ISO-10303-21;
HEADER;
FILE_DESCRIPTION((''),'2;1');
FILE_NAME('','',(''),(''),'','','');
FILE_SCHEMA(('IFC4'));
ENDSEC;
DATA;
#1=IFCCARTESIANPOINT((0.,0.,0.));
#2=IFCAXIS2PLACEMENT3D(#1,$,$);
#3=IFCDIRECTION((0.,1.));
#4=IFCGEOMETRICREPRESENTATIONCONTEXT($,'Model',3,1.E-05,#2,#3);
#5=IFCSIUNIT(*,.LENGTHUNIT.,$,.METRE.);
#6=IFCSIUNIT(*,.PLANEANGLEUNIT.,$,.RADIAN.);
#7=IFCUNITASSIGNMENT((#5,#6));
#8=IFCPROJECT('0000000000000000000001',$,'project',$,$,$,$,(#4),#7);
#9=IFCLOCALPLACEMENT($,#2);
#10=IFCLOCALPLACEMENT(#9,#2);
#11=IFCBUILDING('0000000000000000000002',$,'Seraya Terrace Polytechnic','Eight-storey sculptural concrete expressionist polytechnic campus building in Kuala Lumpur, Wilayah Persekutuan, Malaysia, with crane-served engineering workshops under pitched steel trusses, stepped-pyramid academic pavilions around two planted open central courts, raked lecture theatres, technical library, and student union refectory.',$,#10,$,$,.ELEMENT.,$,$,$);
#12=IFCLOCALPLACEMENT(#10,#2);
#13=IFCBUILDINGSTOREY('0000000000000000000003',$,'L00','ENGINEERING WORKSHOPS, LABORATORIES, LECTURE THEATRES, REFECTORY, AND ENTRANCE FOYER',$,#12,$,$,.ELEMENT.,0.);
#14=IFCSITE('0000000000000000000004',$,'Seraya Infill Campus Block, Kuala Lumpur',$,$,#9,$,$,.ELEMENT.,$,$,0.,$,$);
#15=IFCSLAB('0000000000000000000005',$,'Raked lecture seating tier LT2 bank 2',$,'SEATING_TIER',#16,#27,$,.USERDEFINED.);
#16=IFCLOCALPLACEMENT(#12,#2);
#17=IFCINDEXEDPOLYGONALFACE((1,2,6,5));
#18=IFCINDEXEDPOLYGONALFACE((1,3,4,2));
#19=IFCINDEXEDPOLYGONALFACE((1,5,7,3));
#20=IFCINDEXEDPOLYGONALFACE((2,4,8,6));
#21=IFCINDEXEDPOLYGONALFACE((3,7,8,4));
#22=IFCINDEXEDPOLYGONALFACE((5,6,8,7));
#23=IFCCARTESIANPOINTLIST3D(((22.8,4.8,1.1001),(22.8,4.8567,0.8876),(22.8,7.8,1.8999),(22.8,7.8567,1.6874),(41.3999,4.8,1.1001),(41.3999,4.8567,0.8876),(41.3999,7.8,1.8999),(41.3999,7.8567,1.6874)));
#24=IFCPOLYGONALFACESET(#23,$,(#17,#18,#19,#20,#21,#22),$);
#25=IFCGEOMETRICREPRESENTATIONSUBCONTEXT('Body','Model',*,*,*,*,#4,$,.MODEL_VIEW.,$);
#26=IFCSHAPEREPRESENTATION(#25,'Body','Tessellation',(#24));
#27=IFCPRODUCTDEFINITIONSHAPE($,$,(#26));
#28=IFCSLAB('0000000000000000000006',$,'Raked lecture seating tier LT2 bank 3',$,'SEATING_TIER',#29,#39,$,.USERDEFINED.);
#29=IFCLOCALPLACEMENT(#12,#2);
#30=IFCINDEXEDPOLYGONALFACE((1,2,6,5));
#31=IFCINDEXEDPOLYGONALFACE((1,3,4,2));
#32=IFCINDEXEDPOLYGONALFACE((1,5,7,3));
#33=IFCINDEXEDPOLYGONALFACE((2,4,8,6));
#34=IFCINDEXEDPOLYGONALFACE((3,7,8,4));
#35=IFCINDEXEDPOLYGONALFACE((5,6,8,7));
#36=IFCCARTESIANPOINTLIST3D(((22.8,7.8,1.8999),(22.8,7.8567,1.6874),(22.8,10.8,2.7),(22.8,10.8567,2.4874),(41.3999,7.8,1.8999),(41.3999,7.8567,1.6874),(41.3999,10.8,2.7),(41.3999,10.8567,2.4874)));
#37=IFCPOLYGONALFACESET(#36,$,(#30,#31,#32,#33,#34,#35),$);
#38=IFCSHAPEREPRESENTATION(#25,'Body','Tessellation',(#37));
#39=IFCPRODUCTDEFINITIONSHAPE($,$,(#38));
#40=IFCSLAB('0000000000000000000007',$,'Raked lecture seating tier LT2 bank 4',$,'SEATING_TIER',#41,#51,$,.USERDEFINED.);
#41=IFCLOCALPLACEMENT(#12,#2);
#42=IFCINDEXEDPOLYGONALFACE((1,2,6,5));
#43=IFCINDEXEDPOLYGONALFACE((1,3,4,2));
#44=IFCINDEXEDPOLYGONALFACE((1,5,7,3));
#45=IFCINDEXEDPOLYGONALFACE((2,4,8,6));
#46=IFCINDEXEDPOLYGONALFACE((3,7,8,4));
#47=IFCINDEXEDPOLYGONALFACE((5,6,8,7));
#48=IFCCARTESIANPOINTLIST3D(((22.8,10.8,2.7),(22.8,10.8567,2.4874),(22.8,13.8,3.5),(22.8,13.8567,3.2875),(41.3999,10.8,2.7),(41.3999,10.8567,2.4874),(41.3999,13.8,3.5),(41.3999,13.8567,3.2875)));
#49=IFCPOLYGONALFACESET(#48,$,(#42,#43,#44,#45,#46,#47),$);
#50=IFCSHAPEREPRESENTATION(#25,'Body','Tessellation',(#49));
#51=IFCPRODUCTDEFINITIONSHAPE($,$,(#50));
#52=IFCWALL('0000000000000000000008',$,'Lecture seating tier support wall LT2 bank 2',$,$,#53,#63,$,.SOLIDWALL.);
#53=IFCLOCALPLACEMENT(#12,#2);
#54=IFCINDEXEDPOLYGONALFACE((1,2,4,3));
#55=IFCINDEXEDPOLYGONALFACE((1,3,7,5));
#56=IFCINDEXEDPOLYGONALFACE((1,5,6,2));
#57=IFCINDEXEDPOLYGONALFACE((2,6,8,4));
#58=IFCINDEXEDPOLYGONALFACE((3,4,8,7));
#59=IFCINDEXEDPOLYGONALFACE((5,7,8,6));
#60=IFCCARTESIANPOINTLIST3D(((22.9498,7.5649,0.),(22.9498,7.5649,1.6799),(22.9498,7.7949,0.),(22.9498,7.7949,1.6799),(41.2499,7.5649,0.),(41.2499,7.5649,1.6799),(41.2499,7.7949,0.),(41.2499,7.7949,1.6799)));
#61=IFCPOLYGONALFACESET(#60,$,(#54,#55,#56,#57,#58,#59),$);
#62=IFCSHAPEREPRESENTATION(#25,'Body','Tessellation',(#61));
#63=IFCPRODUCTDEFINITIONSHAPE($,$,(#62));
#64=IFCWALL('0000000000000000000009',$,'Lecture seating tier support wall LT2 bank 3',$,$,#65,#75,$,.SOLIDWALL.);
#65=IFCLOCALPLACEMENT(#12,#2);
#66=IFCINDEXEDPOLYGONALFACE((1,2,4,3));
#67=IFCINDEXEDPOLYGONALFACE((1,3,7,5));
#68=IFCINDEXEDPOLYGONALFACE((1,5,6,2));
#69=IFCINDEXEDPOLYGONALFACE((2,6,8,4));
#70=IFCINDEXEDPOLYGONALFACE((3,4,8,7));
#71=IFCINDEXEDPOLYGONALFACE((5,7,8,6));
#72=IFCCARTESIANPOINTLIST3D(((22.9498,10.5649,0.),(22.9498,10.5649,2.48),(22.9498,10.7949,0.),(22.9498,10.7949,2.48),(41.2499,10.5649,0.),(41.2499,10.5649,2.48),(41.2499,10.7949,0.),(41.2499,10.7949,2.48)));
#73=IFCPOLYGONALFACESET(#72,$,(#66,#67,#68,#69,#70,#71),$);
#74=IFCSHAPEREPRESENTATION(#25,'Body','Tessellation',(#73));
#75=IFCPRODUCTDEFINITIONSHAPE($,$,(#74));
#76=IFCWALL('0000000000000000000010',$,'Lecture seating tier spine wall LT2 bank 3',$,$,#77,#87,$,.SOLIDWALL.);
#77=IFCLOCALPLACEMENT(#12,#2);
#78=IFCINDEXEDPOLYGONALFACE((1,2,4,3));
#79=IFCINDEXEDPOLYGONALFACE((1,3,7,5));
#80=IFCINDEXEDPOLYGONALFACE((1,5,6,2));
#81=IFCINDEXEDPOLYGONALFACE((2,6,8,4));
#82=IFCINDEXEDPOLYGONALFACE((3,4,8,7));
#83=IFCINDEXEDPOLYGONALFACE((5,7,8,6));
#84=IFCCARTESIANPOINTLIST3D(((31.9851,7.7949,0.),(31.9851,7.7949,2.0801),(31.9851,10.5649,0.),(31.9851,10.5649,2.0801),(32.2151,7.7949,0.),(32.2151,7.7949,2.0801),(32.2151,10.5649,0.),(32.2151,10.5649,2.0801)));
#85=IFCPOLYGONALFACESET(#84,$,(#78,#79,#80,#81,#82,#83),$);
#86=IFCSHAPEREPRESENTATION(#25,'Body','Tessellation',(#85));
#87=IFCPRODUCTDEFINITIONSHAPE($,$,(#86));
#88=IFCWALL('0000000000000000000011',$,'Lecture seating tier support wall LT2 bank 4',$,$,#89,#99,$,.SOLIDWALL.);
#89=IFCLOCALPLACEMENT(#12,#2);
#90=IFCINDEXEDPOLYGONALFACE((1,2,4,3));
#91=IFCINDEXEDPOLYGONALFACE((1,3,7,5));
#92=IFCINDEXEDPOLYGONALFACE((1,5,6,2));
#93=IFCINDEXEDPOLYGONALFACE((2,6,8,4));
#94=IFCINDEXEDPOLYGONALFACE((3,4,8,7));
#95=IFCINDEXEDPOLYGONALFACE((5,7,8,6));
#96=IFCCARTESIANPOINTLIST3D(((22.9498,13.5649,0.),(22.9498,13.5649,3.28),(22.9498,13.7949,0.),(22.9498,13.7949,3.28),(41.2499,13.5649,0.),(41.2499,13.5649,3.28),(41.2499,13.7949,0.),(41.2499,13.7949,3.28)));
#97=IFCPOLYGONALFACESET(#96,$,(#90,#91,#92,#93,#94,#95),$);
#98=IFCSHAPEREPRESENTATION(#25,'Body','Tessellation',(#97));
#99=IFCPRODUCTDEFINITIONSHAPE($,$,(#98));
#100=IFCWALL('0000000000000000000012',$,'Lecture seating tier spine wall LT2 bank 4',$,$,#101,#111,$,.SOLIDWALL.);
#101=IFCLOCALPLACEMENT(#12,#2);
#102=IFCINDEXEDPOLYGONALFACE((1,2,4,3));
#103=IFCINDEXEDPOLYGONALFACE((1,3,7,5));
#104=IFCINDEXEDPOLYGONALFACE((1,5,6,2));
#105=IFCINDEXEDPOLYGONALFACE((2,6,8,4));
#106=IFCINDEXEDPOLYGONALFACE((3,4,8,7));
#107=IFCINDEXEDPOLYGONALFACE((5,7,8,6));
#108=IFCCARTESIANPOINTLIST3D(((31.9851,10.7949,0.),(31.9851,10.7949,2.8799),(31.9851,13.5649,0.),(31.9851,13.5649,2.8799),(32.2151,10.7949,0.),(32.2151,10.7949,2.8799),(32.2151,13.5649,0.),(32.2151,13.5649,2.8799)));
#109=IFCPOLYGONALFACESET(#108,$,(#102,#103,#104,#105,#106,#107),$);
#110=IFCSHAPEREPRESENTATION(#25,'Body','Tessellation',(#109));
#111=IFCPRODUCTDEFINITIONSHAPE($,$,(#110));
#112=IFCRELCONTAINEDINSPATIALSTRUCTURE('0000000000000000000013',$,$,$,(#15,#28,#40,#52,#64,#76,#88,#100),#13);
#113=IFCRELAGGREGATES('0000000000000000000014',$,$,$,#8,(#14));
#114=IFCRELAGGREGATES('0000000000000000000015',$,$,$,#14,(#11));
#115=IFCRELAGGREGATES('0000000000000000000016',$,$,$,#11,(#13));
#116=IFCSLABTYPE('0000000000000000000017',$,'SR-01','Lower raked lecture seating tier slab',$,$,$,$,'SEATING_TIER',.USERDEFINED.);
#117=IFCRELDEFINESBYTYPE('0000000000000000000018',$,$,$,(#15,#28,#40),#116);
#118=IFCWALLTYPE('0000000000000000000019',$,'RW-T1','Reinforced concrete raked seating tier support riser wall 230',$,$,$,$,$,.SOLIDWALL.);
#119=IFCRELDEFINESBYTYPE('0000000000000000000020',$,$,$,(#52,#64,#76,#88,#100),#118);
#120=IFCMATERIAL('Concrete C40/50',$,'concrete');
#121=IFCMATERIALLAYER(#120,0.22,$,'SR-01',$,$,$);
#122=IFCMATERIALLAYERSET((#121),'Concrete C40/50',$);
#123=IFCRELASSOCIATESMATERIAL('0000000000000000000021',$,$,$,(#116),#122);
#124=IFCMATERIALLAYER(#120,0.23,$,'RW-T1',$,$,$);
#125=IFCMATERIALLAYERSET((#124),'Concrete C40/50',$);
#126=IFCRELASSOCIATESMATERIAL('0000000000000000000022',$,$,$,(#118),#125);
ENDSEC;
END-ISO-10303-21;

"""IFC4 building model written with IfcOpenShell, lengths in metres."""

from ifc_helpers import new_model, si_unit, direction, frame, frame_2d, origin, place, context, subcontext, project, spatial, polyline, rectangle, outline, extrude, material, layer, layer_set, type_object, element, save


model = new_model("IFC4")

# Units and contexts
model_context = context("Model", 3, precision=1e-05, world=origin(), true_north=direction((0.0, 1.0)))
body_context = subcontext(model_context, "Body", "Model", "MODEL_VIEW")
ifc_project = project(units=[si_unit("LENGTHUNIT", "METRE"), si_unit("PLANEANGLEUNIT", "RADIAN")], contexts=[model_context])

# Site, building, storey
site_placement = place(None, origin())
site = spatial("IfcSite", under=ifc_project, at=site_placement, Name="Seraya Infill Campus Block, Kuala Lumpur", CompositionType="ELEMENT", RefElevation=0.0)
building_placement = place(site_placement, origin())
building = spatial("IfcBuilding", under=site, at=building_placement, Name="Seraya Terrace Polytechnic", Description="Eight-storey sculptural concrete expressionist polytechnic campus building in Kuala Lumpur, Wilayah Persekutuan, Malaysia, with crane-served engineering workshops under pitched steel trusses, stepped-pyramid academic pavilions around two planted open central courts, raked lecture theatres, technical library, and student union refectory.", CompositionType="ELEMENT")
storey_placement = place(building_placement, origin())
storey = spatial("IfcBuildingStorey", under=building, at=storey_placement, Name="L00", Description="ENGINEERING WORKSHOPS, LABORATORIES, LECTURE THEATRES, REFECTORY, AND ENTRANCE FOYER", CompositionType="ELEMENT", Elevation=0.0)

# Shared definitions
ifc_material = material(Name="Concrete C40/50", Category="concrete")

# Slabs
ifc_layer_1 = layer(ifc_material, 0.22, Name="SR-01")
ifc_layer_set_1 = layer_set([ifc_layer_1], Name="Concrete C40/50")
slab_type = type_object("IfcSlabType", Name="SR-01", Description="Lower raked lecture seating tier slab", ElementType="SEATING_TIER", PredefinedType="USERDEFINED", material=ifc_layer_set_1)
slab_placement = place(storey_placement, frame((22.8, 4.8, 1.1001), z_axis=(0.0, -0.257604, 0.966251), x_axis=(1.0, 0.0, 0.0)))
element("IfcSlab", 1, at=slab_placement, inside=storey, type_object=slab_type, Name="Raked lecture seating tier LT2 bank 2", ObjectType="SEATING_TIER", PredefinedType="USERDEFINED", context=body_context, shape_type="SweptSolid", body=[
    extrude(outline(polyline([(0.0, 0.0), (18.5999, 0.0), (18.5999, 3.1048), (0.0, 3.1048), (0.0, 0.0)])), origin(), (0.0, 0.0, -1.0), 0.22),
])
for number, where, z_axis, x_axis, name in (
    (2, (22.8, 7.8, 1.8999), (0.0, -0.257677, 0.966231), (1.0, 0.0, 0.0), "Raked lecture seating tier LT2 bank 3"),
    (3, (22.8, 10.8, 2.7), (0.0, -0.257677, 0.966231), (1.0, 0.0, 0.0), "Raked lecture seating tier LT2 bank 4"),
):
    element("IfcSlab", number, at=place(storey_placement, frame(where, z_axis=z_axis, x_axis=x_axis)), inside=storey, type_object=slab_type, Name=name, ObjectType="SEATING_TIER", PredefinedType="USERDEFINED", context=body_context, shape_type="SweptSolid", body=[
        extrude(outline(polyline([(0.0, 0.0), (18.5999, 0.0), (18.5999, 3.1048), (0.0, 3.1048), (0.0, 0.0)])), origin(), (0.0, 0.0, -1.0), 0.22),
    ])

# Walls
ifc_layer_2 = layer(ifc_material, 0.23, Name="RW-T1")
ifc_layer_set_2 = layer_set([ifc_layer_2], Name="Concrete C40/50")
wall_type = type_object("IfcWallType", Name="RW-T1", Description="Reinforced concrete raked seating tier support riser wall 230", PredefinedType="SOLIDWALL", material=ifc_layer_set_2)
wall_1_placement = place(storey_placement, frame((22.95, 7.6799, 0.0), z_axis=(0.0, 0.0, 1.0), x_axis=(1.0, 0.0, 0.0)))
element("IfcWall", 4, at=wall_1_placement, inside=storey, type_object=wall_type, Name="Lecture seating tier support wall LT2 bank 2", PredefinedType="SOLIDWALL", context=body_context, shape_type="SweptSolid", body=[
    extrude(rectangle(XDim=18.3, YDim=0.23, at=frame_2d((9.1499, 0.0))), origin(), (0.0, 0.0, 1.0), 1.6799),
])
wall_2_placement = place(storey_placement, frame((22.95, 10.6799, 0.0), z_axis=(0.0, 0.0, 1.0), x_axis=(1.0, 0.0, 0.0)))
element("IfcWall", 5, at=wall_2_placement, inside=storey, type_object=wall_type, Name="Lecture seating tier support wall LT2 bank 3", PredefinedType="SOLIDWALL", context=body_context, shape_type="SweptSolid", body=[
    extrude(rectangle(XDim=18.3, YDim=0.23, at=frame_2d((9.1499, 0.0))), origin(), (0.0, 0.0, 1.0), 2.48),
])
wall_3_placement = place(storey_placement, frame((32.1001, 7.7949, 0.0), z_axis=(0.0, 0.0, 1.0), x_axis=(0.0, 1.0, 0.0)))
element("IfcWall", 6, at=wall_3_placement, inside=storey, type_object=wall_type, Name="Lecture seating tier spine wall LT2 bank 3", PredefinedType="SOLIDWALL", context=body_context, shape_type="SweptSolid", body=[
    extrude(rectangle(XDim=2.77, YDim=0.23, at=frame_2d((1.385, 0.0))), origin(), (0.0, 0.0, 1.0), 2.0801),
])
wall_4_placement = place(storey_placement, frame((22.95, 13.6799, 0.0), z_axis=(0.0, 0.0, 1.0), x_axis=(1.0, 0.0, 0.0)))
element("IfcWall", 7, at=wall_4_placement, inside=storey, type_object=wall_type, Name="Lecture seating tier support wall LT2 bank 4", PredefinedType="SOLIDWALL", context=body_context, shape_type="SweptSolid", body=[
    extrude(rectangle(XDim=18.3, YDim=0.23, at=frame_2d((9.1499, 0.0))), origin(), (0.0, 0.0, 1.0), 3.28),
])
wall_5_placement = place(storey_placement, frame((32.1001, 10.7949, 0.0), z_axis=(0.0, 0.0, 1.0), x_axis=(0.0, 1.0, 0.0)))
element("IfcWall", 8, at=wall_5_placement, inside=storey, type_object=wall_type, Name="Lecture seating tier spine wall LT2 bank 4", PredefinedType="SOLIDWALL", context=body_context, shape_type="SweptSolid", body=[
    extrude(rectangle(XDim=2.77, YDim=0.23, at=frame_2d((1.385, 0.0))), origin(), (0.0, 0.0, 1.0), 2.8799),
])

save(model, "model.ifc")
